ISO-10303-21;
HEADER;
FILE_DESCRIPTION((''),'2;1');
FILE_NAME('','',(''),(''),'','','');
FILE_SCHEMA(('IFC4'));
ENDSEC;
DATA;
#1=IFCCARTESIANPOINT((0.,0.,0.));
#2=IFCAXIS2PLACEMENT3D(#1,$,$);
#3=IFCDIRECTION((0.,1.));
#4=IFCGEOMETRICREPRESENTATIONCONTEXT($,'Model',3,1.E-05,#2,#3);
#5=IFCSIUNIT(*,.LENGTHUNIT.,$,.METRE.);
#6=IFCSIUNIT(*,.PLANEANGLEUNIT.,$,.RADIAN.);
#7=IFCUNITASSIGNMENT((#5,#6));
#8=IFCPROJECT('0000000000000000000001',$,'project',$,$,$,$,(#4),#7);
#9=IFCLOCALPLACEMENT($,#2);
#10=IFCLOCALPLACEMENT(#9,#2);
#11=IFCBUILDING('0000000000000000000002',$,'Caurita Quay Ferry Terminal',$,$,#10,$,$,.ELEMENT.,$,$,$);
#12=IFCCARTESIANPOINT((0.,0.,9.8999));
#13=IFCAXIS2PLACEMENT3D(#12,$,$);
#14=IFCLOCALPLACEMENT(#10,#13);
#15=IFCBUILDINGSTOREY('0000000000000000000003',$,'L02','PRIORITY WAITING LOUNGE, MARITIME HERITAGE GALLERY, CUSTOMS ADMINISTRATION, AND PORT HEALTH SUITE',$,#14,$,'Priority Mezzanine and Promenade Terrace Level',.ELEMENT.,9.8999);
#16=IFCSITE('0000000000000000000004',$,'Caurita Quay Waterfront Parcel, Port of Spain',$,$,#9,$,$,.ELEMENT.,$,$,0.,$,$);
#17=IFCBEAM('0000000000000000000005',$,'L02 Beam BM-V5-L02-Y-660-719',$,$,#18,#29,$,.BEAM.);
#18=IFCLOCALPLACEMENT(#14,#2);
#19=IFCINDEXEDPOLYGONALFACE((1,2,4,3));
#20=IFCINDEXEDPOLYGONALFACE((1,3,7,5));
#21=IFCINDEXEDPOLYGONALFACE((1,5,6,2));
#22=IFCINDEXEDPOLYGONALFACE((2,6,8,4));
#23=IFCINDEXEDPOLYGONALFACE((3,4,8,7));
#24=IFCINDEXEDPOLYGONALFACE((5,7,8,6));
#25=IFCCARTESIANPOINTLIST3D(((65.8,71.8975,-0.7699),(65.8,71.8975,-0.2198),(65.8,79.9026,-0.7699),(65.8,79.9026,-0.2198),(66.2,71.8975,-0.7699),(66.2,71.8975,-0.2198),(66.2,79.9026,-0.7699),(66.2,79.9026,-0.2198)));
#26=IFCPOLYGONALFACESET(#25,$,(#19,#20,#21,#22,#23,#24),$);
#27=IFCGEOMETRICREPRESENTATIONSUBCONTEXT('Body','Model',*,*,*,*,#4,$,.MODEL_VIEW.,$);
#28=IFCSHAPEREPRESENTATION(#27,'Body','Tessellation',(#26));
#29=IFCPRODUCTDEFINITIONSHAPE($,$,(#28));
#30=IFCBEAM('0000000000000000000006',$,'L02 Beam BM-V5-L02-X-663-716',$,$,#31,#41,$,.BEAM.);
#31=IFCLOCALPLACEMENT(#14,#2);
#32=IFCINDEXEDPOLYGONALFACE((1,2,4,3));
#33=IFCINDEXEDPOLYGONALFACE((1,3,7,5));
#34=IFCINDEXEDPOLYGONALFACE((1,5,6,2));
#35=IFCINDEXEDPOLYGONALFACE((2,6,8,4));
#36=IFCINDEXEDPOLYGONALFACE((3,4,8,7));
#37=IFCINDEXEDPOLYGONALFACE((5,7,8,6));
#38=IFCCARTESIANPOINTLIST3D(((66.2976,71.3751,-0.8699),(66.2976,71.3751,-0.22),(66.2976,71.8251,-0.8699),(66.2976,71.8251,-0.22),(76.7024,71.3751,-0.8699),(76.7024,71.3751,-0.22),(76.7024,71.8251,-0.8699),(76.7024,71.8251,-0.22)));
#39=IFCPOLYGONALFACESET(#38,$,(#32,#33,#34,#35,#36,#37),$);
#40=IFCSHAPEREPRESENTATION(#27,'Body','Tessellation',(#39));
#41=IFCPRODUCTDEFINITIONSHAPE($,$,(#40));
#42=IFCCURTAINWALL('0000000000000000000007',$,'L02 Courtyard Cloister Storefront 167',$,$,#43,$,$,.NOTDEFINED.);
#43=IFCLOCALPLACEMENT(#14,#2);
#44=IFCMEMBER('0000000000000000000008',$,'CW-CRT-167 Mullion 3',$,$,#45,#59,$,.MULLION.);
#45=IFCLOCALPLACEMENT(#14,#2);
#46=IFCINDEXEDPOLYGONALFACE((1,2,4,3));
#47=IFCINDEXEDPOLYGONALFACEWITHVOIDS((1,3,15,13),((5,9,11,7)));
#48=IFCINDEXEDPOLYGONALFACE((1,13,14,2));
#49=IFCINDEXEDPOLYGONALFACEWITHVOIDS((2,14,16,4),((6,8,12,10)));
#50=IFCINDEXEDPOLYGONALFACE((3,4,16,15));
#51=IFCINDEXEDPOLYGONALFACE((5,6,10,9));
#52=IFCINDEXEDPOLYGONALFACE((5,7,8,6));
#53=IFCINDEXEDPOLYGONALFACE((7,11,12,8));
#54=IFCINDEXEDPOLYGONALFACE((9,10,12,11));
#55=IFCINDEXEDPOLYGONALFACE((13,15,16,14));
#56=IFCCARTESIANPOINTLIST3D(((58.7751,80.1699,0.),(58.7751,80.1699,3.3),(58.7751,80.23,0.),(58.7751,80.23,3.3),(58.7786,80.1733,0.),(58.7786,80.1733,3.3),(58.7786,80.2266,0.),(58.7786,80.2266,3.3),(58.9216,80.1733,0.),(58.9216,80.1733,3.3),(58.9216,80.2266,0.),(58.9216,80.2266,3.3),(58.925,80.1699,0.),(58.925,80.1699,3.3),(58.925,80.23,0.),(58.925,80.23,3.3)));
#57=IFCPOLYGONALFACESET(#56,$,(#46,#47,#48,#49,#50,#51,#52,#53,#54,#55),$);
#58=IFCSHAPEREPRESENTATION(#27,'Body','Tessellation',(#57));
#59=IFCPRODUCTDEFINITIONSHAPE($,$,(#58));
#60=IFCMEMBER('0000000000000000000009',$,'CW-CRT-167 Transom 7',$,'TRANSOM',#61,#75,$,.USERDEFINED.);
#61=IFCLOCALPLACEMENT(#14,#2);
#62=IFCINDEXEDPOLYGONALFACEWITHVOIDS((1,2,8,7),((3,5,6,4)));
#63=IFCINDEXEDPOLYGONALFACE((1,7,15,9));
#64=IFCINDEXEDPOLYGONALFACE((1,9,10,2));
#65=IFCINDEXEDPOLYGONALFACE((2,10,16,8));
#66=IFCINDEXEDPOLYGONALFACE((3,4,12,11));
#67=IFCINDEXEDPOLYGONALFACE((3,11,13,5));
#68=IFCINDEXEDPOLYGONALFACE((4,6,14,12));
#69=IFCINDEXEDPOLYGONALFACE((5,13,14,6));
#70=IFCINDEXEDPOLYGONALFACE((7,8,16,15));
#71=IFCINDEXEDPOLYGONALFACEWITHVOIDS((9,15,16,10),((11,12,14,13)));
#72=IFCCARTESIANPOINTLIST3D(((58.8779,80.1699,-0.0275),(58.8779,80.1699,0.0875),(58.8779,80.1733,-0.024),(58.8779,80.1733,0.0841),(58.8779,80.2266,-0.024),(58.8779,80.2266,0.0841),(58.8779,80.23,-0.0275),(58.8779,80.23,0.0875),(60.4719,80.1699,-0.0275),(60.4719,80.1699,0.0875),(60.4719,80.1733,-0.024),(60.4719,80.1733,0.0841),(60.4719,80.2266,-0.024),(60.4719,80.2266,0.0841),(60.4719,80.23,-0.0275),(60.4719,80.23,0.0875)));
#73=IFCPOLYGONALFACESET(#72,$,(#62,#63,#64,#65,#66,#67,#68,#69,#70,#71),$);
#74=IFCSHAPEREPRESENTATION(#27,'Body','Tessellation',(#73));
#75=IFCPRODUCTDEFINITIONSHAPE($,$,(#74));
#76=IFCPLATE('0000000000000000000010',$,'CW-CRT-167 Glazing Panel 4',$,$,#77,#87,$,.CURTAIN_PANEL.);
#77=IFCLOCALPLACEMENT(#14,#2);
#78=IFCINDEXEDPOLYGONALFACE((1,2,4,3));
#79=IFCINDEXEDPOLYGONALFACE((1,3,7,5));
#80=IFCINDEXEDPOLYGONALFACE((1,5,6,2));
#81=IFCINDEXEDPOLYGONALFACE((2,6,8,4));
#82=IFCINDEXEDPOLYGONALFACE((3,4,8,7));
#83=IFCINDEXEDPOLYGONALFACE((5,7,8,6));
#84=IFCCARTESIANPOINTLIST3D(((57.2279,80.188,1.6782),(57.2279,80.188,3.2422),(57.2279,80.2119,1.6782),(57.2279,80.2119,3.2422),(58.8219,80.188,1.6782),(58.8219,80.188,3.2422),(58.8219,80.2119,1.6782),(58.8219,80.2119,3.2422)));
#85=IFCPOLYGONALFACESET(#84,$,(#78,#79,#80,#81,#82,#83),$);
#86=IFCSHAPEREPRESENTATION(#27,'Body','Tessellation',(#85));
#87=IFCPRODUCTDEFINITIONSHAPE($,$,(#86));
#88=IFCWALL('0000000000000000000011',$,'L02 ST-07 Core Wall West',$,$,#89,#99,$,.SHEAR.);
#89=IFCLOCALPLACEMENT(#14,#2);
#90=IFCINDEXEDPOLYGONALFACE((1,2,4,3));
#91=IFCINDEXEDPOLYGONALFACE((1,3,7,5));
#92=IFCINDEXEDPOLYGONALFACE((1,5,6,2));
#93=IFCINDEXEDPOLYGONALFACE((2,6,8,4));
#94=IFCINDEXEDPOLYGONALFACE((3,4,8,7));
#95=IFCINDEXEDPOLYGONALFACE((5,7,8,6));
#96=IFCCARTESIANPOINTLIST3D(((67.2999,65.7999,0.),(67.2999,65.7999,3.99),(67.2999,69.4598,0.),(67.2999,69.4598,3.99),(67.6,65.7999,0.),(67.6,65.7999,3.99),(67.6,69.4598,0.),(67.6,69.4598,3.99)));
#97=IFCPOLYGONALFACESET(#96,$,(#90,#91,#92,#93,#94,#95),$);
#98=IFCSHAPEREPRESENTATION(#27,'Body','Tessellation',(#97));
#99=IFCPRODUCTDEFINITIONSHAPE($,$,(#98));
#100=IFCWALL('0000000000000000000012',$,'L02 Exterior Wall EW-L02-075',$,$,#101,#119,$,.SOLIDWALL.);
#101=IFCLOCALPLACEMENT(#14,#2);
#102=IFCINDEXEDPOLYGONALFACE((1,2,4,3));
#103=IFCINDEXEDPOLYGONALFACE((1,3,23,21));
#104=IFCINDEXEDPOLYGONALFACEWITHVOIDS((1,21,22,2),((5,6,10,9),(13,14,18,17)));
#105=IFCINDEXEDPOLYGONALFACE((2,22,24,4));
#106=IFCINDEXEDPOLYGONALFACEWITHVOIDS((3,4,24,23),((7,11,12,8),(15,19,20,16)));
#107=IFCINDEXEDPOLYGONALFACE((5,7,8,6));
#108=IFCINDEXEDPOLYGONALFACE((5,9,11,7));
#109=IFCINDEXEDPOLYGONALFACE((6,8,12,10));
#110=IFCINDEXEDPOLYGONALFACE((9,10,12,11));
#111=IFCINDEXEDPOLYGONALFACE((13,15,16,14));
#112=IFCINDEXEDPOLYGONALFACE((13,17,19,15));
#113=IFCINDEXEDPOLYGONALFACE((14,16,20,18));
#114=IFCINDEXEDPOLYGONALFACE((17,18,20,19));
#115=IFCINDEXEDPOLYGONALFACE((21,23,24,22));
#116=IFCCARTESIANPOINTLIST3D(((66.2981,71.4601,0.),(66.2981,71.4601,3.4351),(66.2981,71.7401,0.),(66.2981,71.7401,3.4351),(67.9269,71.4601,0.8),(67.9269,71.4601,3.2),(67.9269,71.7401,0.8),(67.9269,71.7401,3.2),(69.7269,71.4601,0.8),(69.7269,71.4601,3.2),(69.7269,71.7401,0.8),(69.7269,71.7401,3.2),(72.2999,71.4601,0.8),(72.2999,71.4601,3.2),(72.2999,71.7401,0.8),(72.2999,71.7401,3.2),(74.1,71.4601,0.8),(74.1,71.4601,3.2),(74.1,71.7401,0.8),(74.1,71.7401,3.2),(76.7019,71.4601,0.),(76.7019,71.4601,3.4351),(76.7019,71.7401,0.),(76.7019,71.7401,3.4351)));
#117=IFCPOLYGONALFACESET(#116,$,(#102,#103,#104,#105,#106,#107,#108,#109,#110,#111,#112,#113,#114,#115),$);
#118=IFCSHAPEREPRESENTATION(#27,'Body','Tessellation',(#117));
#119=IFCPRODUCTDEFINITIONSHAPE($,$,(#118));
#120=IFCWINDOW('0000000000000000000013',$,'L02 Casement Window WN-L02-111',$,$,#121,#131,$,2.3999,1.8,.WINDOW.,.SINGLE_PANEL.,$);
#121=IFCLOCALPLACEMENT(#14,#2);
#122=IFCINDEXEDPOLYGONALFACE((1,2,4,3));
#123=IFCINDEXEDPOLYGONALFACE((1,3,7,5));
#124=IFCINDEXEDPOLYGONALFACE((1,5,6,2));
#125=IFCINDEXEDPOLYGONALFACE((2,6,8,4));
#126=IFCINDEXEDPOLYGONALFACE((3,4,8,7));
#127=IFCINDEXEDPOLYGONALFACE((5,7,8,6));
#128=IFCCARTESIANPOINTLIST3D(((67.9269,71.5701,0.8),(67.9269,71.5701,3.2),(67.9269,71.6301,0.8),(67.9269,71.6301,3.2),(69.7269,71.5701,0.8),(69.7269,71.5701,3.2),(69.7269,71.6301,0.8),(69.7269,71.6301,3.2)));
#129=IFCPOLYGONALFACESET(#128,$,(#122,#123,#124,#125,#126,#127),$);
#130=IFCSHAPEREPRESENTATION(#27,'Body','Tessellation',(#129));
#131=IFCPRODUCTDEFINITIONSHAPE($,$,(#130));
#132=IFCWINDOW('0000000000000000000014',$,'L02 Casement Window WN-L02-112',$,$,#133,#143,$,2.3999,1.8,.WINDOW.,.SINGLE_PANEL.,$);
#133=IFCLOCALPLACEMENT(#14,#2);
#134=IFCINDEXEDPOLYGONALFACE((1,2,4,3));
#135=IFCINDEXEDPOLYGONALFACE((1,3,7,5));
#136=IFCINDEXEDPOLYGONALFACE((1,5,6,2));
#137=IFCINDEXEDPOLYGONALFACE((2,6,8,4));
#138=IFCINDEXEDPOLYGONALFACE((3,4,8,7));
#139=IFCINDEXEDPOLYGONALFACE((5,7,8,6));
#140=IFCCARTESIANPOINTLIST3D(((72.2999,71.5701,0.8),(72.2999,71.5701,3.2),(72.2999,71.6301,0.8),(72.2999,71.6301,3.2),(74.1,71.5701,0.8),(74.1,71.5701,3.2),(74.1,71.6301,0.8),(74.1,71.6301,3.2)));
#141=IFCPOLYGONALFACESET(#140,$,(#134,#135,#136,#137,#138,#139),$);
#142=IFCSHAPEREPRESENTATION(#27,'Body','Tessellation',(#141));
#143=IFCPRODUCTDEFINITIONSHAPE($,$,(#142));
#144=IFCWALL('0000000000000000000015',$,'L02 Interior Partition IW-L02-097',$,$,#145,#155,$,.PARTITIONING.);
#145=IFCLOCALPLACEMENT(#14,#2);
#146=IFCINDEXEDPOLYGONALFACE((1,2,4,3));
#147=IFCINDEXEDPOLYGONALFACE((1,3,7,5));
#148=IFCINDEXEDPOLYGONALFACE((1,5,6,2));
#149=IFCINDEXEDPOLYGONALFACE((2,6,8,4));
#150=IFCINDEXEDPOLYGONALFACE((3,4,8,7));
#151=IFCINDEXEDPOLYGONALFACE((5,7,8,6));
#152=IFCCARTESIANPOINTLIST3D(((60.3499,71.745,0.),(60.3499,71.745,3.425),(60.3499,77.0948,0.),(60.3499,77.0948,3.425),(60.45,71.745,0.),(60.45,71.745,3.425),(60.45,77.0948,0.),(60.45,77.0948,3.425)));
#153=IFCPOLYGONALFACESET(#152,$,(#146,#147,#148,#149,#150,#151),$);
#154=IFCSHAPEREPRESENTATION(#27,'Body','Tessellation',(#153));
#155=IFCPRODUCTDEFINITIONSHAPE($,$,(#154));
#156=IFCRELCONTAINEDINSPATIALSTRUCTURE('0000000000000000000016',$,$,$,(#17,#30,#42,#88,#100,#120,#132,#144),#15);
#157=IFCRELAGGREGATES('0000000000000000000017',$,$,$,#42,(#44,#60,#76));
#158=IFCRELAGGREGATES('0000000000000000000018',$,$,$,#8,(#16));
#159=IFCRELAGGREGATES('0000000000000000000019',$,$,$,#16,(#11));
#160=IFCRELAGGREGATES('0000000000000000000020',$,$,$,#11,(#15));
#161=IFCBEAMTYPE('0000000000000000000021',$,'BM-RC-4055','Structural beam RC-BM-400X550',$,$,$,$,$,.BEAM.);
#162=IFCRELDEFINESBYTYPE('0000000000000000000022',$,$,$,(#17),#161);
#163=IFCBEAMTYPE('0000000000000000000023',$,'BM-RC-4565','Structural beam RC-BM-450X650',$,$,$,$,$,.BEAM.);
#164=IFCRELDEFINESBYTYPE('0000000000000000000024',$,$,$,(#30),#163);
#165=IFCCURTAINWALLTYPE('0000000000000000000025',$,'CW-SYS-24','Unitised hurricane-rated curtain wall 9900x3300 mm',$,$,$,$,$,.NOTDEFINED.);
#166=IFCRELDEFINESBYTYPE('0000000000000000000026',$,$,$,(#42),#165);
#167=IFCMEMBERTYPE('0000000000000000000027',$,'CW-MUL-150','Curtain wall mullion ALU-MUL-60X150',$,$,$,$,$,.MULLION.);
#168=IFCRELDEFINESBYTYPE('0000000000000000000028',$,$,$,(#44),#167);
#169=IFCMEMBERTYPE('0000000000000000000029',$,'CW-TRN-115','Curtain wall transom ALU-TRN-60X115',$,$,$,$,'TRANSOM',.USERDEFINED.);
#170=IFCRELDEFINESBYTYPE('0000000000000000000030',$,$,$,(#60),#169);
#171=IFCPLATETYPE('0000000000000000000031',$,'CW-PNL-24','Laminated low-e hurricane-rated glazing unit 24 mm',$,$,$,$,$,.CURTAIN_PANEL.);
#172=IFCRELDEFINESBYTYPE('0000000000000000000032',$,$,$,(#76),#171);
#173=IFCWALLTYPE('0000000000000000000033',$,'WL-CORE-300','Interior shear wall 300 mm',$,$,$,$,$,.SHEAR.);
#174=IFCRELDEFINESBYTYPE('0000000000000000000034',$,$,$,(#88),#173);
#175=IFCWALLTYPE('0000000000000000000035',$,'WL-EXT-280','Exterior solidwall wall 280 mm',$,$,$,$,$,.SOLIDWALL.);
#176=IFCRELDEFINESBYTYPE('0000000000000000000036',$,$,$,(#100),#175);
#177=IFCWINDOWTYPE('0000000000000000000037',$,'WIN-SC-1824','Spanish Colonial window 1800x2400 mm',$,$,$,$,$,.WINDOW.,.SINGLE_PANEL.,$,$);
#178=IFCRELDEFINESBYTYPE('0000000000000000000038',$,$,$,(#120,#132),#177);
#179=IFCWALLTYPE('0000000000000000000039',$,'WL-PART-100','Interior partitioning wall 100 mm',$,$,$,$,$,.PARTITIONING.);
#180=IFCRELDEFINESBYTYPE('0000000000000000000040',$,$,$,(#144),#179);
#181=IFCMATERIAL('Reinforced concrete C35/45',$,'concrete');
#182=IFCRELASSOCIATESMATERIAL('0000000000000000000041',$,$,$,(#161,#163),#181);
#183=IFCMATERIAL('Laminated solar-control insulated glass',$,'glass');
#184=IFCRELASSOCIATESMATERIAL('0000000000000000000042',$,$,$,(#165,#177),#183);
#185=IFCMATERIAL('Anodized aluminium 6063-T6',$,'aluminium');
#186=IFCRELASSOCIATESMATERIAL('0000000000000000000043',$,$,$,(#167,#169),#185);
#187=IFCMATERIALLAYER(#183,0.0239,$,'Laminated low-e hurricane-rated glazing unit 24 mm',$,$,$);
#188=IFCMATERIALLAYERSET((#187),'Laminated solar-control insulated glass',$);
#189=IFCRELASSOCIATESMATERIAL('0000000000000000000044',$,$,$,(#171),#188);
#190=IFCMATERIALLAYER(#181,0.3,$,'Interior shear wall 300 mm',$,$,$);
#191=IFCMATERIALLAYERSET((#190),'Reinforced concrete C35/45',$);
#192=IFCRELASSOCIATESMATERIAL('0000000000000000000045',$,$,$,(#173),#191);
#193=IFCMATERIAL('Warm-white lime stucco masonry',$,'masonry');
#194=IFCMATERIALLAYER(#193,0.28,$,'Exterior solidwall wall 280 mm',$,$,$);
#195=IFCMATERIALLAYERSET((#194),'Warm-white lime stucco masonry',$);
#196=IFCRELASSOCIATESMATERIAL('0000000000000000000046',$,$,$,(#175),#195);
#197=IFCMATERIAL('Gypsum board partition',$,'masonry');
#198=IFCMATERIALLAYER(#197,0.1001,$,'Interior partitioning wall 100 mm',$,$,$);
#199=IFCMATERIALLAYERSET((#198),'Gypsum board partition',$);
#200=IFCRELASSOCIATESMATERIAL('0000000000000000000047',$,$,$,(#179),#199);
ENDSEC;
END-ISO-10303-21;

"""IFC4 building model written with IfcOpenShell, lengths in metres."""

from ifc_helpers import new_model, si_unit, direction, frame, frame_2d, origin, origin_2d, place, context, subcontext, project, spatial, rectangle, hollow_rectangle, extrude, material, layer, layer_set, material_profile, profile_set, type_object, element, fill, aggregate, save


model = new_model("IFC4")

# Units and contexts
model_context = context("Model", 3, precision=1e-05, world=origin(), true_north=direction((0.0, 1.0)))
body_context = subcontext(model_context, "Body", "Model", "MODEL_VIEW")
ifc_project = project(units=[si_unit("LENGTHUNIT", "METRE"), si_unit("PLANEANGLEUNIT", "RADIAN")], contexts=[model_context])

# Site, building, storey
site_placement = place(None, origin())
site = spatial("IfcSite", under=ifc_project, at=site_placement, Name="Caurita Quay Waterfront Parcel, Port of Spain", CompositionType="ELEMENT", RefElevation=0.0)
building_placement = place(site_placement, origin())
building = spatial("IfcBuilding", under=site, at=building_placement, Name="Caurita Quay Ferry Terminal", CompositionType="ELEMENT")
storey_placement = place(building_placement, frame((0.0, 0.0, 9.8999)))
storey = spatial("IfcBuildingStorey", under=building, at=storey_placement, Name="L02", Description="PRIORITY WAITING LOUNGE, MARITIME HERITAGE GALLERY, CUSTOMS ADMINISTRATION, AND PORT HEALTH SUITE", LongName="Priority Mezzanine and Promenade Terrace Level", CompositionType="ELEMENT", Elevation=9.8999)

# Shared definitions
ifc_material_1 = material(Name="Reinforced concrete C35/45", Category="concrete")

# Beams
ifc_material_profile_1 = material_profile(ifc_material_1, rectangle(XDim=0.3999, YDim=0.55, at=origin_2d()), Name="RC-BM-400X550")
ifc_profile_set_1 = profile_set([ifc_material_profile_1], Name="Reinforced concrete C35/45")
beam_type_1 = type_object("IfcBeamType", Name="BM-RC-4055", Description="Structural beam RC-BM-400X550", PredefinedType="BEAM", material=ifc_profile_set_1)
beam_1_placement = place(storey_placement, frame((66.0, 71.8975, -0.4949), z_axis=(0.0, 1.0, 0.0), x_axis=(-1.0, 0.0, 0.0)))
element("IfcBeam", 1, at=beam_1_placement, inside=storey, type_object=beam_type_1, Name="L02 Beam BM-V5-L02-Y-660-719", PredefinedType="BEAM", context=body_context, shape_type="SweptSolid", body=[
    extrude(rectangle(XDim=0.3999, YDim=0.55, at=origin_2d()), origin(), (0.0, 0.0, 1.0), 8.0051),
])
ifc_material_profile_2 = material_profile(ifc_material_1, rectangle(XDim=0.45, YDim=0.6499, at=origin_2d()), Name="RC-BM-450X650")
ifc_profile_set_2 = profile_set([ifc_material_profile_2], Name="Reinforced concrete C35/45")
beam_type_2 = type_object("IfcBeamType", Name="BM-RC-4565", Description="Structural beam RC-BM-450X650", PredefinedType="BEAM", material=ifc_profile_set_2)
beam_2_placement = place(storey_placement, frame((66.2976, 71.6001, -0.5449), z_axis=(1.0, 0.0, 0.0), x_axis=(0.0, 1.0, 0.0)))
element("IfcBeam", 2, at=beam_2_placement, inside=storey, type_object=beam_type_2, Name="L02 Beam BM-V5-L02-X-663-716", PredefinedType="BEAM", context=body_context, shape_type="SweptSolid", body=[
    extrude(rectangle(XDim=0.45, YDim=0.6499, at=origin_2d()), origin(), (0.0, 0.0, 1.0), 10.4048),
])

# Curtain wall, members, plate
ifc_material_2 = material(Name="Laminated solar-control insulated glass", Category="glass")
curtain_wall_type = type_object("IfcCurtainWallType", Name="CW-SYS-24", Description="Unitised hurricane-rated curtain wall 9900x3300 mm", PredefinedType="NOTDEFINED", material=ifc_material_2)
curtain_wall_placement = place(storey_placement, origin())
curtain_wall = element("IfcCurtainWall", 3, at=curtain_wall_placement, inside=storey, type_object=curtain_wall_type, Name="L02 Courtyard Cloister Storefront 167", PredefinedType="NOTDEFINED")
ifc_material_3 = material(Name="Anodized aluminium 6063-T6", Category="aluminium")
ifc_material_profile_3 = material_profile(ifc_material_3, hollow_rectangle(XDim=0.0601, YDim=0.1499, WallThickness=0.0034, at=origin_2d()), Name="ALU-MUL-60X150")
ifc_profile_set_3 = profile_set([ifc_material_profile_3], Name="Anodized aluminium 6063-T6")
member_type_1 = type_object("IfcMemberType", Name="CW-MUL-150", Description="Curtain wall mullion ALU-MUL-60X150", PredefinedType="MULLION", material=ifc_profile_set_3)
member_1_placement = place(storey_placement, frame((58.8501, 80.2, 0.0), z_axis=(0.0, 0.0, 1.0), x_axis=(0.0, 1.0, 0.0)))
member_1 = element("IfcMember", 4, at=member_1_placement, type_object=member_type_1, Name="CW-CRT-167 Mullion 3", PredefinedType="MULLION", context=body_context, shape_type="SweptSolid", body=[
    extrude(hollow_rectangle(XDim=0.0601, YDim=0.1499, WallThickness=0.0034, at=origin_2d()), origin(), (0.0, 0.0, 1.0), 3.3),
])
ifc_material_profile_4 = material_profile(ifc_material_3, hollow_rectangle(XDim=0.0601, YDim=0.115, WallThickness=0.0034, at=origin_2d()), Name="ALU-TRN-60X115")
ifc_profile_set_4 = profile_set([ifc_material_profile_4], Name="Anodized aluminium 6063-T6")
member_type_2 = type_object("IfcMemberType", Name="CW-TRN-115", Description="Curtain wall transom ALU-TRN-60X115", ElementType="TRANSOM", PredefinedType="USERDEFINED", material=ifc_profile_set_4)
member_2_placement = place(storey_placement, frame((58.8779, 80.2, 0.03), z_axis=(1.0, 0.0, 0.0), x_axis=(0.0, 1.0, 0.0)))
member_2 = element("IfcMember", 5, at=member_2_placement, type_object=member_type_2, Name="CW-CRT-167 Transom 7", ObjectType="TRANSOM", PredefinedType="USERDEFINED", context=body_context, shape_type="SweptSolid", body=[
    extrude(hollow_rectangle(XDim=0.0601, YDim=0.115, WallThickness=0.0034, at=origin_2d()), origin(), (0.0, 0.0, 1.0), 1.594),
])
ifc_layer_1 = layer(ifc_material_2, 0.0239, Name="Laminated low-e hurricane-rated glazing unit 24 mm")
ifc_layer_set_1 = layer_set([ifc_layer_1], Name="Laminated solar-control insulated glass")
plate_type = type_object("IfcPlateType", Name="CW-PNL-24", Description="Laminated low-e hurricane-rated glazing unit 24 mm", PredefinedType="CURTAIN_PANEL", material=ifc_layer_set_1)
plate_placement = place(storey_placement, frame((58.0249, 80.2, 1.6782), z_axis=(0.0, 0.0, 1.0), x_axis=(1.0, 0.0, 0.0)))
plate = element("IfcPlate", 6, at=plate_placement, type_object=plate_type, Name="CW-CRT-167 Glazing Panel 4", PredefinedType="CURTAIN_PANEL", context=body_context, shape_type="SweptSolid", body=[
    extrude(rectangle(XDim=1.594, YDim=0.0239, at=origin_2d()), origin(), (0.0, 0.0, 1.0), 1.564),
])
aggregate(curtain_wall, [member_1, member_2, plate])

# Wall
ifc_layer_2 = layer(ifc_material_1, 0.3, Name="Interior shear wall 300 mm")
ifc_layer_set_2 = layer_set([ifc_layer_2], Name="Reinforced concrete C35/45")
wall_type_1 = type_object("IfcWallType", Name="WL-CORE-300", Description="Interior shear wall 300 mm", PredefinedType="SHEAR", material=ifc_layer_set_2)
wall_1_placement = place(storey_placement, frame((67.45, 69.46, 0.0), z_axis=(0.0, 0.0, 1.0), x_axis=(0.0, -1.0, 0.0)))
element("IfcWall", 7, at=wall_1_placement, inside=storey, type_object=wall_type_1, Name="L02 ST-07 Core Wall West", PredefinedType="SHEAR", context=body_context, shape_type="SweptSolid", body=[
    extrude(rectangle(XDim=3.6599, YDim=0.3, at=frame_2d((1.8301, 0.0))), origin(), (0.0, 0.0, 1.0), 3.99),
])

# Wall, openings, windows
ifc_material_4 = material(Name="Warm-white lime stucco masonry", Category="masonry")
ifc_layer_3 = layer(ifc_material_4, 0.28, Name="Exterior solidwall wall 280 mm")
ifc_layer_set_3 = layer_set([ifc_layer_3], Name="Warm-white lime stucco masonry")
wall_type_2 = type_object("IfcWallType", Name="WL-EXT-280", Description="Exterior solidwall wall 280 mm", PredefinedType="SOLIDWALL", material=ifc_layer_set_3)
wall_2_placement = place(storey_placement, frame((66.2981, 71.6001, 0.0), z_axis=(0.0, 0.0, 1.0), x_axis=(1.0, 0.0, 0.0)))
wall_2 = element("IfcWall", 8, at=wall_2_placement, inside=storey, type_object=wall_type_2, Name="L02 Exterior Wall EW-L02-075", PredefinedType="SOLIDWALL", context=body_context, shape_type="SweptSolid", body=[
    extrude(rectangle(XDim=10.4038, YDim=0.28, at=frame_2d((5.2019, 0.0))), origin(), (0.0, 0.0, 1.0), 3.4351),
])
opening_1_placement = place(wall_2_placement, frame((1.6289, 0.0, 0.8)))
opening_1 = element("IfcOpeningElement", 9, at=opening_1_placement, cuts=wall_2, PredefinedType="OPENING", context=body_context, shape_type="SweptSolid", body=[
    extrude(rectangle(XDim=1.8, YDim=2.3999, at=frame_2d((0.8999, 1.2))), frame((0.0, 0.1499, 0.0), z_axis=(0.0, -1.0, 0.0), x_axis=(1.0, 0.0, 0.0)), (0.0, 0.0, 1.0), 0.3),
])
opening_2_placement = place(wall_2_placement, frame((6.002, 0.0, 0.8)))
opening_2 = element("IfcOpeningElement", 10, at=opening_2_placement, cuts=wall_2, PredefinedType="OPENING", context=body_context, shape_type="SweptSolid", body=[
    extrude(rectangle(XDim=1.8, YDim=2.3999, at=frame_2d((0.8999, 1.2))), frame((0.0, 0.1499, 0.0), z_axis=(0.0, -1.0, 0.0), x_axis=(1.0, 0.0, 0.0)), (0.0, 0.0, 1.0), 0.3),
])
window_type = type_object("IfcWindowType", Name="WIN-SC-1824", Description="Spanish Colonial window 1800x2400 mm", PartitioningType="SINGLE_PANEL", PredefinedType="WINDOW", material=ifc_material_2)
window_1_placement = place(opening_1_placement, origin())
window_1 = element("IfcWindow", 11, at=window_1_placement, inside=storey, type_object=window_type, Name="L02 Casement Window WN-L02-111", OverallHeight=2.3999, OverallWidth=1.8, PartitioningType="SINGLE_PANEL", PredefinedType="WINDOW", context=body_context, shape_type="SweptSolid", body=[
    extrude(rectangle(XDim=1.8, YDim=2.3999, at=frame_2d((0.8999, 1.2))), frame((0.0, 0.03, 0.0), z_axis=(0.0, -1.0, 0.0), x_axis=(1.0, 0.0, 0.0)), (0.0, 0.0, 1.0), 0.0601),
])
fill(opening_1, window_1)
window_2_placement = place(opening_2_placement, origin())
window_2 = element("IfcWindow", 12, at=window_2_placement, inside=storey, type_object=window_type, Name="L02 Casement Window WN-L02-112", OverallHeight=2.3999, OverallWidth=1.8, PartitioningType="SINGLE_PANEL", PredefinedType="WINDOW", context=body_context, shape_type="SweptSolid", body=[
    extrude(rectangle(XDim=1.8, YDim=2.3999, at=frame_2d((0.8999, 1.2))), frame((0.0, 0.03, 0.0), z_axis=(0.0, -1.0, 0.0), x_axis=(1.0, 0.0, 0.0)), (0.0, 0.0, 1.0), 0.0601),
])
fill(opening_2, window_2)

# Wall
ifc_material_5 = material(Name="Gypsum board partition", Category="masonry")
ifc_layer_4 = layer(ifc_material_5, 0.1001, Name="Interior partitioning wall 100 mm")
ifc_layer_set_4 = layer_set([ifc_layer_4], Name="Gypsum board partition")
wall_type_3 = type_object("IfcWallType", Name="WL-PART-100", Description="Interior partitioning wall 100 mm", PredefinedType="PARTITIONING", material=ifc_layer_set_4)
wall_3_placement = place(storey_placement, frame((60.3999, 71.7451, 0.0), z_axis=(0.0, 0.0, 1.0), x_axis=(0.0, 1.0, 0.0)))
element("IfcWall", 13, at=wall_3_placement, inside=storey, type_object=wall_type_3, Name="L02 Interior Partition IW-L02-097", PredefinedType="PARTITIONING", context=body_context, shape_type="SweptSolid", body=[
    extrude(rectangle(XDim=5.3499, YDim=0.1001, at=frame_2d((2.6748, 0.0))), origin(), (0.0, 0.0, 1.0), 3.425),
])

save(model, "model.ifc")
